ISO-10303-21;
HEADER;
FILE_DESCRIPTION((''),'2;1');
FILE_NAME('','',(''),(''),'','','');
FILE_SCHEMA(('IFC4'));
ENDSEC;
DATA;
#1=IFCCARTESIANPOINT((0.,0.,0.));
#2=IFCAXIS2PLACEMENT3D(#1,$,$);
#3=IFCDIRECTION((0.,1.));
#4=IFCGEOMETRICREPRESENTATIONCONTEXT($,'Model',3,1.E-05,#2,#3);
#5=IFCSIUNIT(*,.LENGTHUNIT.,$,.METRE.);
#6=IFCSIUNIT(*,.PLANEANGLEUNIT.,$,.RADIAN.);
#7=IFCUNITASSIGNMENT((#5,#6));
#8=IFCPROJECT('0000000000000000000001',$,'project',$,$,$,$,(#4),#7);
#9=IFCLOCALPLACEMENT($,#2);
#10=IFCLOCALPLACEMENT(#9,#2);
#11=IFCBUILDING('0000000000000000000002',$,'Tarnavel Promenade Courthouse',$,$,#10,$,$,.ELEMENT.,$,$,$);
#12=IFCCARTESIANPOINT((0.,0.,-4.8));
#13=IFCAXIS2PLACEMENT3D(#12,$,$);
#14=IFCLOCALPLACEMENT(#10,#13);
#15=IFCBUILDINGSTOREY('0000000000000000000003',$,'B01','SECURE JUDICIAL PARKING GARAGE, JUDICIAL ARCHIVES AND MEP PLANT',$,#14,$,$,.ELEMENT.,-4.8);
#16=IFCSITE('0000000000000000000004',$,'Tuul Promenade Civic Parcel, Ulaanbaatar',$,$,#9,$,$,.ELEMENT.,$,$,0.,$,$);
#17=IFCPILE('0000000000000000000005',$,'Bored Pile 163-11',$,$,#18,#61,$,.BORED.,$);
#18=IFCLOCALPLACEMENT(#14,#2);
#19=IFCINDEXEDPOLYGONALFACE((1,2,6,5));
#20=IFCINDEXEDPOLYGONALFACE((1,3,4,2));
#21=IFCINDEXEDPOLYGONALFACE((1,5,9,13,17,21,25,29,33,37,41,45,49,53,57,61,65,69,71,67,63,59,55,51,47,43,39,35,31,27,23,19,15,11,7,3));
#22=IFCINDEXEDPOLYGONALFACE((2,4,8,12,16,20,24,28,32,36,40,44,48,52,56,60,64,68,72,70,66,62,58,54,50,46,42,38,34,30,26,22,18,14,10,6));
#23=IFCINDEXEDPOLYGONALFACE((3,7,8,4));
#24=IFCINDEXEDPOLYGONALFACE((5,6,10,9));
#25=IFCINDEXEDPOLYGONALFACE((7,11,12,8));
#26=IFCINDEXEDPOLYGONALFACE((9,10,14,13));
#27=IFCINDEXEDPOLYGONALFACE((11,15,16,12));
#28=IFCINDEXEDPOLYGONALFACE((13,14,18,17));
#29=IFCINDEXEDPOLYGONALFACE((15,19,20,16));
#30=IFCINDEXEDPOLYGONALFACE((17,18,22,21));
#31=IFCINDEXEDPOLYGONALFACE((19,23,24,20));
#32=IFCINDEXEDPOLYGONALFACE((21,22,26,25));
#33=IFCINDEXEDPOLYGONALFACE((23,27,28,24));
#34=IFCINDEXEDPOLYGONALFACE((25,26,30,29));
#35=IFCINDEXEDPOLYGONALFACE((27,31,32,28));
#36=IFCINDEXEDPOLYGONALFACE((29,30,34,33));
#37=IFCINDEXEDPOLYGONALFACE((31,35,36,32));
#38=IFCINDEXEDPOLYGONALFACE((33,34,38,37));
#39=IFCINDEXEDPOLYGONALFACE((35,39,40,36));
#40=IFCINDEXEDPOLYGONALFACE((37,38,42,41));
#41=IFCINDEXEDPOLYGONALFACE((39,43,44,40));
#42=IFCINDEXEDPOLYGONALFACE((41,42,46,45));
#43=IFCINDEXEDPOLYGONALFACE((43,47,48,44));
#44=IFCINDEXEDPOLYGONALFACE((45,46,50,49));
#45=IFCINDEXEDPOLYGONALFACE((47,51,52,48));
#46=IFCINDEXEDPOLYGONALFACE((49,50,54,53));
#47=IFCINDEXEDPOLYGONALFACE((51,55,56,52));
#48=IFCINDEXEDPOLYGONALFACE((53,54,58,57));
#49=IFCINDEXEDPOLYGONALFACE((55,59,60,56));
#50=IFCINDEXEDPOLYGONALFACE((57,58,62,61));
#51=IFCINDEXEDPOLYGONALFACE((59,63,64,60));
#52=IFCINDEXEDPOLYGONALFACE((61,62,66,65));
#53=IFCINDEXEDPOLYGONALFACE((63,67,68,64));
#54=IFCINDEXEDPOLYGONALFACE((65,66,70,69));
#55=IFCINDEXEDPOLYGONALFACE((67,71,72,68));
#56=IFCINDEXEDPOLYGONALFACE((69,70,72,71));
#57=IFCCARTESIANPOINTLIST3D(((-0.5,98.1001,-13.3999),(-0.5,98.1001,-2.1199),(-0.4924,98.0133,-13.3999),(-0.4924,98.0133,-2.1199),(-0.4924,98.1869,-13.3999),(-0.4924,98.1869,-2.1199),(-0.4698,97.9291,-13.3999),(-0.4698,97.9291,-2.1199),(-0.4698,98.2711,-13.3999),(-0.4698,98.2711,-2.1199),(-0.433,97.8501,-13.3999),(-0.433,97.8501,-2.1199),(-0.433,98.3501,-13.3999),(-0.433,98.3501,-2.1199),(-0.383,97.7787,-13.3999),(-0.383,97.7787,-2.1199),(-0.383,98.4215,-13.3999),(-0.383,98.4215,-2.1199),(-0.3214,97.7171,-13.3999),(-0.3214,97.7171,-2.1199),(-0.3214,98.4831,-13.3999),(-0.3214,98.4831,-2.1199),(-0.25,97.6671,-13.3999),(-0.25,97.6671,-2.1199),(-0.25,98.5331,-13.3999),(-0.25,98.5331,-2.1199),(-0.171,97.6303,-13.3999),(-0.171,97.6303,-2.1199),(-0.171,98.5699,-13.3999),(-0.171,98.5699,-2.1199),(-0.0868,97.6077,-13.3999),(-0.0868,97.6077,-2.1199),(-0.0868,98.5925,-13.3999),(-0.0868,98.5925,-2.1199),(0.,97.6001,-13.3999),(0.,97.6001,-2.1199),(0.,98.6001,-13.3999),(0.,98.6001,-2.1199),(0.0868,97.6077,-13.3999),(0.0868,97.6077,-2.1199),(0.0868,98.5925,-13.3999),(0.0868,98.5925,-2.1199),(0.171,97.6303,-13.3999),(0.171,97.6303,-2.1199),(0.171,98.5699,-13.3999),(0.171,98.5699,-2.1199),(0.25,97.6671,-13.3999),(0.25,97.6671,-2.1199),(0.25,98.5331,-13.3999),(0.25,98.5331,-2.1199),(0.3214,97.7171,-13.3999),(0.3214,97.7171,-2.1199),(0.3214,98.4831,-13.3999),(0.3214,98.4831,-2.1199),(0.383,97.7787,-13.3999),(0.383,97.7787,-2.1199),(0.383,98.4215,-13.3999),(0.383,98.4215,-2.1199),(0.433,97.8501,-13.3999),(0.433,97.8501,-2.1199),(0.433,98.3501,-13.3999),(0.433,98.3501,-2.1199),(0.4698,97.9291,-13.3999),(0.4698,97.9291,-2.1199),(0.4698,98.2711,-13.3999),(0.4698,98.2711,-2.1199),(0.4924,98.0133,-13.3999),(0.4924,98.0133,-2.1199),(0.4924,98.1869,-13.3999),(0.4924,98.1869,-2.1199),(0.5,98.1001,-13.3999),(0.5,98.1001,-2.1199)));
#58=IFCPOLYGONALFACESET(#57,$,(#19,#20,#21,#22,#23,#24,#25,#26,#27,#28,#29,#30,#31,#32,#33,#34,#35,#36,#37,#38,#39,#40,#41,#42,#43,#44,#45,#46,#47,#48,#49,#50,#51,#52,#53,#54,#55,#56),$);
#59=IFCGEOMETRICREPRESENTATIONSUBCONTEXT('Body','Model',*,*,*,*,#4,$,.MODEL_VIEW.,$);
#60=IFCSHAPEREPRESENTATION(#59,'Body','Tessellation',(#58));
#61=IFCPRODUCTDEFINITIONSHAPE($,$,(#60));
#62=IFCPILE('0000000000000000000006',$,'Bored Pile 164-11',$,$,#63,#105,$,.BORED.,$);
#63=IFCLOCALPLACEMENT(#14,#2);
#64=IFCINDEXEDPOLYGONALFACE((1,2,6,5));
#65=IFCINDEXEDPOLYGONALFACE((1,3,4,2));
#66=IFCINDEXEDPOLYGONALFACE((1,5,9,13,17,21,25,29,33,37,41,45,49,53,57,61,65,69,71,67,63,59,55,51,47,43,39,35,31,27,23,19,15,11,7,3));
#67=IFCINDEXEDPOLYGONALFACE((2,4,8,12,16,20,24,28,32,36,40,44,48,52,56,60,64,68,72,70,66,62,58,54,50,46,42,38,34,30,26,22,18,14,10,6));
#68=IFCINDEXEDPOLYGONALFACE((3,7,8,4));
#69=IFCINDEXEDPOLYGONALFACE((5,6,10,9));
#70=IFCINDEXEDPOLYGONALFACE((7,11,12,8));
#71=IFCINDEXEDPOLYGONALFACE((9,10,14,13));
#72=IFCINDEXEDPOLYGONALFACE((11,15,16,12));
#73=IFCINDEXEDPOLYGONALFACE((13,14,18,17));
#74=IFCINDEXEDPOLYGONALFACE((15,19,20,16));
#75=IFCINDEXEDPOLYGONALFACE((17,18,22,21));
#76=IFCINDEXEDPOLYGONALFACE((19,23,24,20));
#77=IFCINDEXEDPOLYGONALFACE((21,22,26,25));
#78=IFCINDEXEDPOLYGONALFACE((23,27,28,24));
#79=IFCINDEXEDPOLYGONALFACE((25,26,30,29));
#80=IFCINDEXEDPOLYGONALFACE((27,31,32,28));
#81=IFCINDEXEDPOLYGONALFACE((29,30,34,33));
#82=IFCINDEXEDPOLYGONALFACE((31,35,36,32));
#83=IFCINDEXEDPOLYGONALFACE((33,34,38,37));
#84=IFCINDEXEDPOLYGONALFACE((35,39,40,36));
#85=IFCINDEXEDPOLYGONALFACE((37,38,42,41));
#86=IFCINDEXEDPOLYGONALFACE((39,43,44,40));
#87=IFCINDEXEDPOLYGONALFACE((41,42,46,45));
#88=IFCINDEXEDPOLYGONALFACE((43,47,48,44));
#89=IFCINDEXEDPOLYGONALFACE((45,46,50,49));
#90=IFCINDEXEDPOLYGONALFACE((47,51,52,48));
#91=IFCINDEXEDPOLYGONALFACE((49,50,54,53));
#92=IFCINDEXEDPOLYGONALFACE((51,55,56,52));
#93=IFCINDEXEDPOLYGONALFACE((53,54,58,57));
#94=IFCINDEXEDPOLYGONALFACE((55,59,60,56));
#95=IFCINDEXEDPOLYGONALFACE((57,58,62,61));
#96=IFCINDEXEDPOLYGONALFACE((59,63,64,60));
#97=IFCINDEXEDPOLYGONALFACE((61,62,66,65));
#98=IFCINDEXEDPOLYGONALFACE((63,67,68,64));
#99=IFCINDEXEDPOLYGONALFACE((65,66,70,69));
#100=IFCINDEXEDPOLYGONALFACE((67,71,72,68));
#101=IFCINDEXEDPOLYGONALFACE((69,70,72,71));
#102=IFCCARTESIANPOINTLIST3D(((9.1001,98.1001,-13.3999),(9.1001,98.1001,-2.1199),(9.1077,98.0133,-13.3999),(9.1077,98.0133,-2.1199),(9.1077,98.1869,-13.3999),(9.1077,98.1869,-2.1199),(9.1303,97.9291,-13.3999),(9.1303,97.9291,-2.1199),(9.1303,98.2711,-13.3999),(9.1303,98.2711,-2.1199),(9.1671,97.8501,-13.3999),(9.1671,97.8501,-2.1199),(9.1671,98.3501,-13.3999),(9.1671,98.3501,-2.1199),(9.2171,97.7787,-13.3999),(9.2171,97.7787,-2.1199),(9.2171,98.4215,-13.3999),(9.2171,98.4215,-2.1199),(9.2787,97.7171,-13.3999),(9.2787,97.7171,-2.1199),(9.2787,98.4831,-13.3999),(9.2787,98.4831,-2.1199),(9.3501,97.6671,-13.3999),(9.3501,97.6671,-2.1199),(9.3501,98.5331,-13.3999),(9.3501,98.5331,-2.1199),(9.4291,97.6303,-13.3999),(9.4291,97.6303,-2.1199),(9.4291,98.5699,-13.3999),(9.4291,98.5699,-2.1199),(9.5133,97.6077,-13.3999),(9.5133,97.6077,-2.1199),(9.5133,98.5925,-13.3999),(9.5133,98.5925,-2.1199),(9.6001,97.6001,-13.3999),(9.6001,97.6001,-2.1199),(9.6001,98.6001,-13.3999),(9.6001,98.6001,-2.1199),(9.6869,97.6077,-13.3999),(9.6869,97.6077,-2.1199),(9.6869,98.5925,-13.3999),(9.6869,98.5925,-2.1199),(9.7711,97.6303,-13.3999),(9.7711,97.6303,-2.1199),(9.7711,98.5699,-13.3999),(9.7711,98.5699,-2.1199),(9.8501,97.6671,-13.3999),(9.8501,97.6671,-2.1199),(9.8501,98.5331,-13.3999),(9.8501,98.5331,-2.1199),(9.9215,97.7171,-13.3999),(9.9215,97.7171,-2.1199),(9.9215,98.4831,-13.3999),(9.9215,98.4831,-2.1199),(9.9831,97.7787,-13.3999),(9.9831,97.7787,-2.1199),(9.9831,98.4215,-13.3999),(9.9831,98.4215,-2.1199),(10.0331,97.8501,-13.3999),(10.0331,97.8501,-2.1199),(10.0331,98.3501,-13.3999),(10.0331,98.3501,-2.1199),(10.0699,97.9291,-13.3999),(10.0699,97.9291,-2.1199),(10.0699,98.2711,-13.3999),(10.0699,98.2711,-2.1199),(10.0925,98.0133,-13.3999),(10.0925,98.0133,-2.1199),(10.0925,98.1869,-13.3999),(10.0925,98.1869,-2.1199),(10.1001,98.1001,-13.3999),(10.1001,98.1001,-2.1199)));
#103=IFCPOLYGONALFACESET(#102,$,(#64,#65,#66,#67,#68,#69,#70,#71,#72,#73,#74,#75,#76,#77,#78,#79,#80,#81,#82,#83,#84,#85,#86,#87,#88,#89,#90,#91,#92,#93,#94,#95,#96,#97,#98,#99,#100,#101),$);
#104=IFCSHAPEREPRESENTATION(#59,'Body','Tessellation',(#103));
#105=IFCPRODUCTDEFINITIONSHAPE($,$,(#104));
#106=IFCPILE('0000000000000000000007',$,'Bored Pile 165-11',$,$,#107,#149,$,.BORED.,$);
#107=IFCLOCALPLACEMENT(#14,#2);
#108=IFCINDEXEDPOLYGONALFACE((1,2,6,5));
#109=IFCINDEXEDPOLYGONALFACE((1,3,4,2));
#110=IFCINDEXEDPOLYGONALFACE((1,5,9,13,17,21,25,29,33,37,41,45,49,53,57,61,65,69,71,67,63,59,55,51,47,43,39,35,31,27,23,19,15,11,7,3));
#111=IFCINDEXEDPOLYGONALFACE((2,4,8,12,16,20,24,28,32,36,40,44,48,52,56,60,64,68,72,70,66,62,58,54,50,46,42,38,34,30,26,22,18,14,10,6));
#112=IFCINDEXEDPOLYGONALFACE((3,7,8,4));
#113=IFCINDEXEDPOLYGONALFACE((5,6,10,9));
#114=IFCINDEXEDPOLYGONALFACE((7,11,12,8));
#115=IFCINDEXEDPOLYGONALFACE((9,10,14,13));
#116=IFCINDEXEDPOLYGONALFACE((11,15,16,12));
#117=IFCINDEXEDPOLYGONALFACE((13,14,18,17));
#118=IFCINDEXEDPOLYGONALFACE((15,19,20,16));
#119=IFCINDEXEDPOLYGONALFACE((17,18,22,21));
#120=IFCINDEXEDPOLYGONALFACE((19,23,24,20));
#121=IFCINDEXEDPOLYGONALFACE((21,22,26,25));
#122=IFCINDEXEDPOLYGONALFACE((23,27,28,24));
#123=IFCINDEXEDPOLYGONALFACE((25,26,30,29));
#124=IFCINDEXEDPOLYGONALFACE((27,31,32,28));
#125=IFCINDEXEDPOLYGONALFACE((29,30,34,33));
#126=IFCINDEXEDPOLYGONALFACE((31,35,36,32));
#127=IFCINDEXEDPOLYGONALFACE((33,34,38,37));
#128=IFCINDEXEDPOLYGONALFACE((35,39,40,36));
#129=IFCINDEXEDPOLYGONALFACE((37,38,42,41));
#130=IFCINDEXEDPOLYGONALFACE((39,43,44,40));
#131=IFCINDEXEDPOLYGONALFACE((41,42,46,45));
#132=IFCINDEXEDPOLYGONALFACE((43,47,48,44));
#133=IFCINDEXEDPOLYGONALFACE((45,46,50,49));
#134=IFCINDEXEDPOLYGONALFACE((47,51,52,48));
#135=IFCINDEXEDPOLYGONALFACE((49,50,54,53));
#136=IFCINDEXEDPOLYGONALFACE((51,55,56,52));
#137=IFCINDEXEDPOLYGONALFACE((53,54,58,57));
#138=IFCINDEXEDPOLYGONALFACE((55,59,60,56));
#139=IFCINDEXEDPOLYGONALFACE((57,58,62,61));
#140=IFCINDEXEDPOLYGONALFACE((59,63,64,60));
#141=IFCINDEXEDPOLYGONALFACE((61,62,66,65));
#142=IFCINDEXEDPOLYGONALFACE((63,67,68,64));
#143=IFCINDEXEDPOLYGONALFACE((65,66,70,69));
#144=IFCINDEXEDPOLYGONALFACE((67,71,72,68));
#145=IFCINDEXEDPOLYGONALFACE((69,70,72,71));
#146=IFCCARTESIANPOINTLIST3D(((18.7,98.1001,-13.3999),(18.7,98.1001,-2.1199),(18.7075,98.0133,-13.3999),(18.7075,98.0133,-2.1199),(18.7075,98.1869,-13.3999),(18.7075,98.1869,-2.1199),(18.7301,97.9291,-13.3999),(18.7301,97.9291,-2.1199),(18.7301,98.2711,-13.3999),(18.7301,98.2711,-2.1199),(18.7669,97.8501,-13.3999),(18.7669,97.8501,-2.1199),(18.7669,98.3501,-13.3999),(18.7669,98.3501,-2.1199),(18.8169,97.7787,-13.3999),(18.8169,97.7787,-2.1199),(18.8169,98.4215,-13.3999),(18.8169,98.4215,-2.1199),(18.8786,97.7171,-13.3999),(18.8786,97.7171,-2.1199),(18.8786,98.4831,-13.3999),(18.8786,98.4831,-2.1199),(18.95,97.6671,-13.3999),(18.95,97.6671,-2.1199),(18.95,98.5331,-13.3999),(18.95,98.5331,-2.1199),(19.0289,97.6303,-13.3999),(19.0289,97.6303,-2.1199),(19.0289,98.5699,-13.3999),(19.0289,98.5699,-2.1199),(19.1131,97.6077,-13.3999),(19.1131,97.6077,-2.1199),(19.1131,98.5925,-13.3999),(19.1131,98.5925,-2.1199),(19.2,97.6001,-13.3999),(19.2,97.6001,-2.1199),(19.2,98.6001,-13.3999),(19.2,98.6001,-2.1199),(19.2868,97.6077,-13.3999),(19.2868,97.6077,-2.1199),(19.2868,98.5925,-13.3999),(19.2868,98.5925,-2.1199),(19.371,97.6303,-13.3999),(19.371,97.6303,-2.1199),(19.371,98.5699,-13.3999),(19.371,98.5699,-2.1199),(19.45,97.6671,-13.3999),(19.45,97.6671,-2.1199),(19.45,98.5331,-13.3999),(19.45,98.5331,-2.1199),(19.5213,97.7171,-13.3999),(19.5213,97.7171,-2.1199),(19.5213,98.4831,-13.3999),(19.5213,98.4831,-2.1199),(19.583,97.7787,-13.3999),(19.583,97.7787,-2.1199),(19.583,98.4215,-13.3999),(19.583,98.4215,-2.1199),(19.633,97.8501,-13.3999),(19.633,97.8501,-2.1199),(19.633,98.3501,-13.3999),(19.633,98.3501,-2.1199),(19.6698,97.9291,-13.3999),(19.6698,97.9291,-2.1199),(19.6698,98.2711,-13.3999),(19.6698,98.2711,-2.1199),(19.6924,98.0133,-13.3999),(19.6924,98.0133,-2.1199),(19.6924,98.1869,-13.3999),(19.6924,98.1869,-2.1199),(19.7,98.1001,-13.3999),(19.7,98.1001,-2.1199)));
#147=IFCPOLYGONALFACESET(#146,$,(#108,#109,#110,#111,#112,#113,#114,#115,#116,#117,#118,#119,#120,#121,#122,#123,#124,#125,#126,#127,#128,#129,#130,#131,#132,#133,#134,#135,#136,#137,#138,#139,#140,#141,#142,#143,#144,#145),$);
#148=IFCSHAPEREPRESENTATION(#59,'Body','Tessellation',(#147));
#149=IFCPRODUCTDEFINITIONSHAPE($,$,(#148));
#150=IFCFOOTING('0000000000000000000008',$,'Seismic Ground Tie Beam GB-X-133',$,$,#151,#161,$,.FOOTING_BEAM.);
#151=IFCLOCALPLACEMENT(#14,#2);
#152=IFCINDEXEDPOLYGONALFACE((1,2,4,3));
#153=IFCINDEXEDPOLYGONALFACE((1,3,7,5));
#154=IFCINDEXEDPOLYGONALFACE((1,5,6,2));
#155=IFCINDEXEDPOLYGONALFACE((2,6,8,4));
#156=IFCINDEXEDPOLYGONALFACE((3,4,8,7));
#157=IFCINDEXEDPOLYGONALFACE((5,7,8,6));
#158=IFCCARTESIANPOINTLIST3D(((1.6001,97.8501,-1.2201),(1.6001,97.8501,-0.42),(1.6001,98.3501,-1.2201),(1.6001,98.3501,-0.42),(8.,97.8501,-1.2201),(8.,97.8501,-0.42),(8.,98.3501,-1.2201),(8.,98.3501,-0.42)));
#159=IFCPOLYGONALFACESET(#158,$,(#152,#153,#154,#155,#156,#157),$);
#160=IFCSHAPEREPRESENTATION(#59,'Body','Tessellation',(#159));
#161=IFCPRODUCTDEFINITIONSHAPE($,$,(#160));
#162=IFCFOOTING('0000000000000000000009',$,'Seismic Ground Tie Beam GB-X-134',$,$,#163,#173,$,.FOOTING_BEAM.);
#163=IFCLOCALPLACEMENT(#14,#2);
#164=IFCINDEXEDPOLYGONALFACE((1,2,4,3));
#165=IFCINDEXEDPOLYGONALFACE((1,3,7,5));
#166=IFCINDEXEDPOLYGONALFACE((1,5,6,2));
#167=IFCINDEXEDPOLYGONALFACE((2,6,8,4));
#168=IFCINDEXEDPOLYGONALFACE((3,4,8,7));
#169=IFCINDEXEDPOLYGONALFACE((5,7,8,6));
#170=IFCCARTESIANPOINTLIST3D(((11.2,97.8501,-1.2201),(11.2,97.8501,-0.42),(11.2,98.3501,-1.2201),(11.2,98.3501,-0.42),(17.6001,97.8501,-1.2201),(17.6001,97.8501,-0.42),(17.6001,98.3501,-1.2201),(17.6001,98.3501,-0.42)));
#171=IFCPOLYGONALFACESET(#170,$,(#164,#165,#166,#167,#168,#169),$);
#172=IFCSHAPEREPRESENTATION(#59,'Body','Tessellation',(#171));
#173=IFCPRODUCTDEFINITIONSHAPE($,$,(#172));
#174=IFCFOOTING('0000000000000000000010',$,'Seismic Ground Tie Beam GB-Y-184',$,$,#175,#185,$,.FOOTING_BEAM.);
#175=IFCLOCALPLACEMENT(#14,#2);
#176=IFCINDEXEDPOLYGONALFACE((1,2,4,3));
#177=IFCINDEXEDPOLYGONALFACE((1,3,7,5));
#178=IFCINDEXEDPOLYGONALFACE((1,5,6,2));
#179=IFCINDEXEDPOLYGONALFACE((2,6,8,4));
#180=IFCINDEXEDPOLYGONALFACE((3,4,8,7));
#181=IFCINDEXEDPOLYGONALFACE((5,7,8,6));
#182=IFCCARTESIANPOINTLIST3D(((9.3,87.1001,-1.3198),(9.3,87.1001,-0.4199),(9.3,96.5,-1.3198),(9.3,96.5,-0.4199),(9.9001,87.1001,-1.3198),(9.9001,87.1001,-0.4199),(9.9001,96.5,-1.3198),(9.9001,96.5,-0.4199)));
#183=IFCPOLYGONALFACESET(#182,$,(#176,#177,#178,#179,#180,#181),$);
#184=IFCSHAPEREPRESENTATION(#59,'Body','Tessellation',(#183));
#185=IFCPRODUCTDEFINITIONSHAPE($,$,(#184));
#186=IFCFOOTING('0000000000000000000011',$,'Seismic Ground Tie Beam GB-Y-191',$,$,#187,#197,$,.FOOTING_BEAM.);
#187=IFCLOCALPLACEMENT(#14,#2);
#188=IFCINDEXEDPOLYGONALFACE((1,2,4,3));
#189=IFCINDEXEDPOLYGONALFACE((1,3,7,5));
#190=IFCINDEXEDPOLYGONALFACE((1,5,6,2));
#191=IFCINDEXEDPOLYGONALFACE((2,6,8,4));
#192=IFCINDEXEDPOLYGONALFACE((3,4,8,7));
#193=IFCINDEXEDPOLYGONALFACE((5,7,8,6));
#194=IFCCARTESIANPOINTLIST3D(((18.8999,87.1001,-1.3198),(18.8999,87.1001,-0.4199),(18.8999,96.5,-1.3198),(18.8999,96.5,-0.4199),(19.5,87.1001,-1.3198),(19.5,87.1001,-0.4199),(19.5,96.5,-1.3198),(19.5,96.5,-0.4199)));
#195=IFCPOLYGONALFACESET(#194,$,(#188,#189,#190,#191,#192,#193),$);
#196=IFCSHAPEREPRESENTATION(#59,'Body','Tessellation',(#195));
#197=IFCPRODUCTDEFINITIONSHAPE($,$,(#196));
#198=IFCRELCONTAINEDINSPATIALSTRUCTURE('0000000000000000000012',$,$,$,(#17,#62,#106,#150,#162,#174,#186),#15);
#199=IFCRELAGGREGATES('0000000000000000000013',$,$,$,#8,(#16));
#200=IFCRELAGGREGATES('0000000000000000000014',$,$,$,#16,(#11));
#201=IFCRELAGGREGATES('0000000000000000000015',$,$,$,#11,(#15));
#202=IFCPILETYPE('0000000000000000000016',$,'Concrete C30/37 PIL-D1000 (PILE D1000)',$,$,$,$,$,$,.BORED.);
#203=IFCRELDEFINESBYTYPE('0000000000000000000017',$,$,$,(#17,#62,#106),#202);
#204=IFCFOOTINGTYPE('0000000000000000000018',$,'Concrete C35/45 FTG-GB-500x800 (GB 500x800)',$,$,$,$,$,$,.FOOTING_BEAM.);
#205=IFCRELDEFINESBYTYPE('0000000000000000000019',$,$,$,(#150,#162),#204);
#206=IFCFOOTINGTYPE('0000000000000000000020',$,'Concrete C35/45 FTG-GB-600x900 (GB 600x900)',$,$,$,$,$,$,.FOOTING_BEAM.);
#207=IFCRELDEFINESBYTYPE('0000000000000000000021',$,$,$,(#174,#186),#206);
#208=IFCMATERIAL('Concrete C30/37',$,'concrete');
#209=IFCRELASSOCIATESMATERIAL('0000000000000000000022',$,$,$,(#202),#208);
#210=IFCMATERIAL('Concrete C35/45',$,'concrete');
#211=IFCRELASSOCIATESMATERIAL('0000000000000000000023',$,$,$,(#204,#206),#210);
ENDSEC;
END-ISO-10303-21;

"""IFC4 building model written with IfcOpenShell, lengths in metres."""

from ifc_helpers import new_model, si_unit, direction, frame, origin, origin_2d, place, context, subcontext, project, spatial, rectangle, circle, extrude, material, material_profile, profile_set, type_object, element, save


model = new_model("IFC4")

# Units and contexts
model_context = context("Model", 3, precision=1e-05, world=origin(), true_north=direction((0.0, 1.0)))
body_context = subcontext(model_context, "Body", "Model", "MODEL_VIEW")
ifc_project = project(units=[si_unit("LENGTHUNIT", "METRE"), si_unit("PLANEANGLEUNIT", "RADIAN")], contexts=[model_context])

# Site, building, storey
site_placement = place(None, origin())
site = spatial("IfcSite", under=ifc_project, at=site_placement, Name="Tuul Promenade Civic Parcel, Ulaanbaatar", CompositionType="ELEMENT", RefElevation=0.0)
building_placement = place(site_placement, origin())
building = spatial("IfcBuilding", under=site, at=building_placement, Name="Tarnavel Promenade Courthouse", CompositionType="ELEMENT")
storey_placement = place(building_placement, frame((0.0, 0.0, -4.8)))
storey = spatial("IfcBuildingStorey", under=building, at=storey_placement, Name="B01", Description="SECURE JUDICIAL PARKING GARAGE, JUDICIAL ARCHIVES AND MEP PLANT", CompositionType="ELEMENT", Elevation=-4.8)

# Piles
ifc_material_1 = material(Name="Concrete C30/37", Category="concrete")
ifc_material_profile_1 = material_profile(ifc_material_1, circle(Radius=0.5, at=origin_2d()), Name="PILE D1000")
ifc_profile_set_1 = profile_set([ifc_material_profile_1], Name="Concrete C30/37")
pile_type = type_object("IfcPileType", Name="Concrete C30/37 PIL-D1000 (PILE D1000)", PredefinedType="BORED", material=ifc_profile_set_1)
for number, where, z_axis, x_axis, name in (
    (1, (0.0, 98.1001, -2.1199), (0.0, 0.0, -1.0), (1.0, 0.0, 0.0), "Bored Pile 163-11"),
    (2, (9.6001, 98.1001, -2.1199), (0.0, 0.0, -1.0), (1.0, 0.0, 0.0), "Bored Pile 164-11"),
    (3, (19.2, 98.1001, -2.1199), (0.0, 0.0, -1.0), (1.0, 0.0, 0.0), "Bored Pile 165-11"),
):
    element("IfcPile", number, at=place(storey_placement, frame(where, z_axis=z_axis, x_axis=x_axis)), inside=storey, type_object=pile_type, Name=name, PredefinedType="BORED", context=body_context, shape_type="SweptSolid", body=[
        extrude(circle(Radius=0.5, at=origin_2d()), origin(), (0.0, 0.0, 1.0), 11.28),
    ])

# Footings
ifc_material_2 = material(Name="Concrete C35/45", Category="concrete")
ifc_material_profile_2 = material_profile(ifc_material_2, rectangle(XDim=0.5, YDim=0.8, at=origin_2d()), Name="GB 500x800")
ifc_profile_set_2 = profile_set([ifc_material_profile_2], Name="Concrete C35/45")
footing_type_1 = type_object("IfcFootingType", Name="Concrete C35/45 FTG-GB-500x800 (GB 500x800)", PredefinedType="FOOTING_BEAM", material=ifc_profile_set_2)
footing_1_placement = place(storey_placement, frame((1.6001, 98.1001, -0.8201), z_axis=(1.0, 0.0, 0.0), x_axis=(0.0, 1.0, 0.0)))
element("IfcFooting", 4, at=footing_1_placement, inside=storey, type_object=footing_type_1, Name="Seismic Ground Tie Beam GB-X-133", PredefinedType="FOOTING_BEAM", context=body_context, shape_type="SweptSolid", body=[
    extrude(rectangle(XDim=0.5, YDim=0.8, at=origin_2d()), origin(), (0.0, 0.0, 1.0), 6.3999),
])
footing_2_placement = place(storey_placement, frame((11.2, 98.1001, -0.8201), z_axis=(1.0, 0.0, 0.0), x_axis=(0.0, 1.0, 0.0)))
element("IfcFooting", 5, at=footing_2_placement, inside=storey, type_object=footing_type_1, Name="Seismic Ground Tie Beam GB-X-134", PredefinedType="FOOTING_BEAM", context=body_context, shape_type="SweptSolid", body=[
    extrude(rectangle(XDim=0.5, YDim=0.8, at=origin_2d()), origin(), (0.0, 0.0, 1.0), 6.4001),
])
ifc_material_profile_3 = material_profile(ifc_material_2, rectangle(XDim=0.6001, YDim=0.8999, at=origin_2d()), Name="GB 600x900")
ifc_profile_set_3 = profile_set([ifc_material_profile_3], Name="Concrete C35/45")
footing_type_2 = type_object("IfcFootingType", Name="Concrete C35/45 FTG-GB-600x900 (GB 600x900)", PredefinedType="FOOTING_BEAM", material=ifc_profile_set_3)
for number, where, z_axis, x_axis, name in (
    (6, (9.6001, 87.1001, -0.8699), (0.0, 1.0, 0.0), (-1.0, 0.0, 0.0), "Seismic Ground Tie Beam GB-Y-184"),
    (7, (19.2, 87.1001, -0.8699), (0.0, 1.0, 0.0), (-1.0, 0.0, 0.0), "Seismic Ground Tie Beam GB-Y-191"),
):
    element("IfcFooting", number, at=place(storey_placement, frame(where, z_axis=z_axis, x_axis=x_axis)), inside=storey, type_object=footing_type_2, Name=name, PredefinedType="FOOTING_BEAM", context=body_context, shape_type="SweptSolid", body=[
        extrude(rectangle(XDim=0.6001, YDim=0.8999, at=origin_2d()), origin(), (0.0, 0.0, 1.0), 9.3999),
    ])

save(model, "model.ifc")
